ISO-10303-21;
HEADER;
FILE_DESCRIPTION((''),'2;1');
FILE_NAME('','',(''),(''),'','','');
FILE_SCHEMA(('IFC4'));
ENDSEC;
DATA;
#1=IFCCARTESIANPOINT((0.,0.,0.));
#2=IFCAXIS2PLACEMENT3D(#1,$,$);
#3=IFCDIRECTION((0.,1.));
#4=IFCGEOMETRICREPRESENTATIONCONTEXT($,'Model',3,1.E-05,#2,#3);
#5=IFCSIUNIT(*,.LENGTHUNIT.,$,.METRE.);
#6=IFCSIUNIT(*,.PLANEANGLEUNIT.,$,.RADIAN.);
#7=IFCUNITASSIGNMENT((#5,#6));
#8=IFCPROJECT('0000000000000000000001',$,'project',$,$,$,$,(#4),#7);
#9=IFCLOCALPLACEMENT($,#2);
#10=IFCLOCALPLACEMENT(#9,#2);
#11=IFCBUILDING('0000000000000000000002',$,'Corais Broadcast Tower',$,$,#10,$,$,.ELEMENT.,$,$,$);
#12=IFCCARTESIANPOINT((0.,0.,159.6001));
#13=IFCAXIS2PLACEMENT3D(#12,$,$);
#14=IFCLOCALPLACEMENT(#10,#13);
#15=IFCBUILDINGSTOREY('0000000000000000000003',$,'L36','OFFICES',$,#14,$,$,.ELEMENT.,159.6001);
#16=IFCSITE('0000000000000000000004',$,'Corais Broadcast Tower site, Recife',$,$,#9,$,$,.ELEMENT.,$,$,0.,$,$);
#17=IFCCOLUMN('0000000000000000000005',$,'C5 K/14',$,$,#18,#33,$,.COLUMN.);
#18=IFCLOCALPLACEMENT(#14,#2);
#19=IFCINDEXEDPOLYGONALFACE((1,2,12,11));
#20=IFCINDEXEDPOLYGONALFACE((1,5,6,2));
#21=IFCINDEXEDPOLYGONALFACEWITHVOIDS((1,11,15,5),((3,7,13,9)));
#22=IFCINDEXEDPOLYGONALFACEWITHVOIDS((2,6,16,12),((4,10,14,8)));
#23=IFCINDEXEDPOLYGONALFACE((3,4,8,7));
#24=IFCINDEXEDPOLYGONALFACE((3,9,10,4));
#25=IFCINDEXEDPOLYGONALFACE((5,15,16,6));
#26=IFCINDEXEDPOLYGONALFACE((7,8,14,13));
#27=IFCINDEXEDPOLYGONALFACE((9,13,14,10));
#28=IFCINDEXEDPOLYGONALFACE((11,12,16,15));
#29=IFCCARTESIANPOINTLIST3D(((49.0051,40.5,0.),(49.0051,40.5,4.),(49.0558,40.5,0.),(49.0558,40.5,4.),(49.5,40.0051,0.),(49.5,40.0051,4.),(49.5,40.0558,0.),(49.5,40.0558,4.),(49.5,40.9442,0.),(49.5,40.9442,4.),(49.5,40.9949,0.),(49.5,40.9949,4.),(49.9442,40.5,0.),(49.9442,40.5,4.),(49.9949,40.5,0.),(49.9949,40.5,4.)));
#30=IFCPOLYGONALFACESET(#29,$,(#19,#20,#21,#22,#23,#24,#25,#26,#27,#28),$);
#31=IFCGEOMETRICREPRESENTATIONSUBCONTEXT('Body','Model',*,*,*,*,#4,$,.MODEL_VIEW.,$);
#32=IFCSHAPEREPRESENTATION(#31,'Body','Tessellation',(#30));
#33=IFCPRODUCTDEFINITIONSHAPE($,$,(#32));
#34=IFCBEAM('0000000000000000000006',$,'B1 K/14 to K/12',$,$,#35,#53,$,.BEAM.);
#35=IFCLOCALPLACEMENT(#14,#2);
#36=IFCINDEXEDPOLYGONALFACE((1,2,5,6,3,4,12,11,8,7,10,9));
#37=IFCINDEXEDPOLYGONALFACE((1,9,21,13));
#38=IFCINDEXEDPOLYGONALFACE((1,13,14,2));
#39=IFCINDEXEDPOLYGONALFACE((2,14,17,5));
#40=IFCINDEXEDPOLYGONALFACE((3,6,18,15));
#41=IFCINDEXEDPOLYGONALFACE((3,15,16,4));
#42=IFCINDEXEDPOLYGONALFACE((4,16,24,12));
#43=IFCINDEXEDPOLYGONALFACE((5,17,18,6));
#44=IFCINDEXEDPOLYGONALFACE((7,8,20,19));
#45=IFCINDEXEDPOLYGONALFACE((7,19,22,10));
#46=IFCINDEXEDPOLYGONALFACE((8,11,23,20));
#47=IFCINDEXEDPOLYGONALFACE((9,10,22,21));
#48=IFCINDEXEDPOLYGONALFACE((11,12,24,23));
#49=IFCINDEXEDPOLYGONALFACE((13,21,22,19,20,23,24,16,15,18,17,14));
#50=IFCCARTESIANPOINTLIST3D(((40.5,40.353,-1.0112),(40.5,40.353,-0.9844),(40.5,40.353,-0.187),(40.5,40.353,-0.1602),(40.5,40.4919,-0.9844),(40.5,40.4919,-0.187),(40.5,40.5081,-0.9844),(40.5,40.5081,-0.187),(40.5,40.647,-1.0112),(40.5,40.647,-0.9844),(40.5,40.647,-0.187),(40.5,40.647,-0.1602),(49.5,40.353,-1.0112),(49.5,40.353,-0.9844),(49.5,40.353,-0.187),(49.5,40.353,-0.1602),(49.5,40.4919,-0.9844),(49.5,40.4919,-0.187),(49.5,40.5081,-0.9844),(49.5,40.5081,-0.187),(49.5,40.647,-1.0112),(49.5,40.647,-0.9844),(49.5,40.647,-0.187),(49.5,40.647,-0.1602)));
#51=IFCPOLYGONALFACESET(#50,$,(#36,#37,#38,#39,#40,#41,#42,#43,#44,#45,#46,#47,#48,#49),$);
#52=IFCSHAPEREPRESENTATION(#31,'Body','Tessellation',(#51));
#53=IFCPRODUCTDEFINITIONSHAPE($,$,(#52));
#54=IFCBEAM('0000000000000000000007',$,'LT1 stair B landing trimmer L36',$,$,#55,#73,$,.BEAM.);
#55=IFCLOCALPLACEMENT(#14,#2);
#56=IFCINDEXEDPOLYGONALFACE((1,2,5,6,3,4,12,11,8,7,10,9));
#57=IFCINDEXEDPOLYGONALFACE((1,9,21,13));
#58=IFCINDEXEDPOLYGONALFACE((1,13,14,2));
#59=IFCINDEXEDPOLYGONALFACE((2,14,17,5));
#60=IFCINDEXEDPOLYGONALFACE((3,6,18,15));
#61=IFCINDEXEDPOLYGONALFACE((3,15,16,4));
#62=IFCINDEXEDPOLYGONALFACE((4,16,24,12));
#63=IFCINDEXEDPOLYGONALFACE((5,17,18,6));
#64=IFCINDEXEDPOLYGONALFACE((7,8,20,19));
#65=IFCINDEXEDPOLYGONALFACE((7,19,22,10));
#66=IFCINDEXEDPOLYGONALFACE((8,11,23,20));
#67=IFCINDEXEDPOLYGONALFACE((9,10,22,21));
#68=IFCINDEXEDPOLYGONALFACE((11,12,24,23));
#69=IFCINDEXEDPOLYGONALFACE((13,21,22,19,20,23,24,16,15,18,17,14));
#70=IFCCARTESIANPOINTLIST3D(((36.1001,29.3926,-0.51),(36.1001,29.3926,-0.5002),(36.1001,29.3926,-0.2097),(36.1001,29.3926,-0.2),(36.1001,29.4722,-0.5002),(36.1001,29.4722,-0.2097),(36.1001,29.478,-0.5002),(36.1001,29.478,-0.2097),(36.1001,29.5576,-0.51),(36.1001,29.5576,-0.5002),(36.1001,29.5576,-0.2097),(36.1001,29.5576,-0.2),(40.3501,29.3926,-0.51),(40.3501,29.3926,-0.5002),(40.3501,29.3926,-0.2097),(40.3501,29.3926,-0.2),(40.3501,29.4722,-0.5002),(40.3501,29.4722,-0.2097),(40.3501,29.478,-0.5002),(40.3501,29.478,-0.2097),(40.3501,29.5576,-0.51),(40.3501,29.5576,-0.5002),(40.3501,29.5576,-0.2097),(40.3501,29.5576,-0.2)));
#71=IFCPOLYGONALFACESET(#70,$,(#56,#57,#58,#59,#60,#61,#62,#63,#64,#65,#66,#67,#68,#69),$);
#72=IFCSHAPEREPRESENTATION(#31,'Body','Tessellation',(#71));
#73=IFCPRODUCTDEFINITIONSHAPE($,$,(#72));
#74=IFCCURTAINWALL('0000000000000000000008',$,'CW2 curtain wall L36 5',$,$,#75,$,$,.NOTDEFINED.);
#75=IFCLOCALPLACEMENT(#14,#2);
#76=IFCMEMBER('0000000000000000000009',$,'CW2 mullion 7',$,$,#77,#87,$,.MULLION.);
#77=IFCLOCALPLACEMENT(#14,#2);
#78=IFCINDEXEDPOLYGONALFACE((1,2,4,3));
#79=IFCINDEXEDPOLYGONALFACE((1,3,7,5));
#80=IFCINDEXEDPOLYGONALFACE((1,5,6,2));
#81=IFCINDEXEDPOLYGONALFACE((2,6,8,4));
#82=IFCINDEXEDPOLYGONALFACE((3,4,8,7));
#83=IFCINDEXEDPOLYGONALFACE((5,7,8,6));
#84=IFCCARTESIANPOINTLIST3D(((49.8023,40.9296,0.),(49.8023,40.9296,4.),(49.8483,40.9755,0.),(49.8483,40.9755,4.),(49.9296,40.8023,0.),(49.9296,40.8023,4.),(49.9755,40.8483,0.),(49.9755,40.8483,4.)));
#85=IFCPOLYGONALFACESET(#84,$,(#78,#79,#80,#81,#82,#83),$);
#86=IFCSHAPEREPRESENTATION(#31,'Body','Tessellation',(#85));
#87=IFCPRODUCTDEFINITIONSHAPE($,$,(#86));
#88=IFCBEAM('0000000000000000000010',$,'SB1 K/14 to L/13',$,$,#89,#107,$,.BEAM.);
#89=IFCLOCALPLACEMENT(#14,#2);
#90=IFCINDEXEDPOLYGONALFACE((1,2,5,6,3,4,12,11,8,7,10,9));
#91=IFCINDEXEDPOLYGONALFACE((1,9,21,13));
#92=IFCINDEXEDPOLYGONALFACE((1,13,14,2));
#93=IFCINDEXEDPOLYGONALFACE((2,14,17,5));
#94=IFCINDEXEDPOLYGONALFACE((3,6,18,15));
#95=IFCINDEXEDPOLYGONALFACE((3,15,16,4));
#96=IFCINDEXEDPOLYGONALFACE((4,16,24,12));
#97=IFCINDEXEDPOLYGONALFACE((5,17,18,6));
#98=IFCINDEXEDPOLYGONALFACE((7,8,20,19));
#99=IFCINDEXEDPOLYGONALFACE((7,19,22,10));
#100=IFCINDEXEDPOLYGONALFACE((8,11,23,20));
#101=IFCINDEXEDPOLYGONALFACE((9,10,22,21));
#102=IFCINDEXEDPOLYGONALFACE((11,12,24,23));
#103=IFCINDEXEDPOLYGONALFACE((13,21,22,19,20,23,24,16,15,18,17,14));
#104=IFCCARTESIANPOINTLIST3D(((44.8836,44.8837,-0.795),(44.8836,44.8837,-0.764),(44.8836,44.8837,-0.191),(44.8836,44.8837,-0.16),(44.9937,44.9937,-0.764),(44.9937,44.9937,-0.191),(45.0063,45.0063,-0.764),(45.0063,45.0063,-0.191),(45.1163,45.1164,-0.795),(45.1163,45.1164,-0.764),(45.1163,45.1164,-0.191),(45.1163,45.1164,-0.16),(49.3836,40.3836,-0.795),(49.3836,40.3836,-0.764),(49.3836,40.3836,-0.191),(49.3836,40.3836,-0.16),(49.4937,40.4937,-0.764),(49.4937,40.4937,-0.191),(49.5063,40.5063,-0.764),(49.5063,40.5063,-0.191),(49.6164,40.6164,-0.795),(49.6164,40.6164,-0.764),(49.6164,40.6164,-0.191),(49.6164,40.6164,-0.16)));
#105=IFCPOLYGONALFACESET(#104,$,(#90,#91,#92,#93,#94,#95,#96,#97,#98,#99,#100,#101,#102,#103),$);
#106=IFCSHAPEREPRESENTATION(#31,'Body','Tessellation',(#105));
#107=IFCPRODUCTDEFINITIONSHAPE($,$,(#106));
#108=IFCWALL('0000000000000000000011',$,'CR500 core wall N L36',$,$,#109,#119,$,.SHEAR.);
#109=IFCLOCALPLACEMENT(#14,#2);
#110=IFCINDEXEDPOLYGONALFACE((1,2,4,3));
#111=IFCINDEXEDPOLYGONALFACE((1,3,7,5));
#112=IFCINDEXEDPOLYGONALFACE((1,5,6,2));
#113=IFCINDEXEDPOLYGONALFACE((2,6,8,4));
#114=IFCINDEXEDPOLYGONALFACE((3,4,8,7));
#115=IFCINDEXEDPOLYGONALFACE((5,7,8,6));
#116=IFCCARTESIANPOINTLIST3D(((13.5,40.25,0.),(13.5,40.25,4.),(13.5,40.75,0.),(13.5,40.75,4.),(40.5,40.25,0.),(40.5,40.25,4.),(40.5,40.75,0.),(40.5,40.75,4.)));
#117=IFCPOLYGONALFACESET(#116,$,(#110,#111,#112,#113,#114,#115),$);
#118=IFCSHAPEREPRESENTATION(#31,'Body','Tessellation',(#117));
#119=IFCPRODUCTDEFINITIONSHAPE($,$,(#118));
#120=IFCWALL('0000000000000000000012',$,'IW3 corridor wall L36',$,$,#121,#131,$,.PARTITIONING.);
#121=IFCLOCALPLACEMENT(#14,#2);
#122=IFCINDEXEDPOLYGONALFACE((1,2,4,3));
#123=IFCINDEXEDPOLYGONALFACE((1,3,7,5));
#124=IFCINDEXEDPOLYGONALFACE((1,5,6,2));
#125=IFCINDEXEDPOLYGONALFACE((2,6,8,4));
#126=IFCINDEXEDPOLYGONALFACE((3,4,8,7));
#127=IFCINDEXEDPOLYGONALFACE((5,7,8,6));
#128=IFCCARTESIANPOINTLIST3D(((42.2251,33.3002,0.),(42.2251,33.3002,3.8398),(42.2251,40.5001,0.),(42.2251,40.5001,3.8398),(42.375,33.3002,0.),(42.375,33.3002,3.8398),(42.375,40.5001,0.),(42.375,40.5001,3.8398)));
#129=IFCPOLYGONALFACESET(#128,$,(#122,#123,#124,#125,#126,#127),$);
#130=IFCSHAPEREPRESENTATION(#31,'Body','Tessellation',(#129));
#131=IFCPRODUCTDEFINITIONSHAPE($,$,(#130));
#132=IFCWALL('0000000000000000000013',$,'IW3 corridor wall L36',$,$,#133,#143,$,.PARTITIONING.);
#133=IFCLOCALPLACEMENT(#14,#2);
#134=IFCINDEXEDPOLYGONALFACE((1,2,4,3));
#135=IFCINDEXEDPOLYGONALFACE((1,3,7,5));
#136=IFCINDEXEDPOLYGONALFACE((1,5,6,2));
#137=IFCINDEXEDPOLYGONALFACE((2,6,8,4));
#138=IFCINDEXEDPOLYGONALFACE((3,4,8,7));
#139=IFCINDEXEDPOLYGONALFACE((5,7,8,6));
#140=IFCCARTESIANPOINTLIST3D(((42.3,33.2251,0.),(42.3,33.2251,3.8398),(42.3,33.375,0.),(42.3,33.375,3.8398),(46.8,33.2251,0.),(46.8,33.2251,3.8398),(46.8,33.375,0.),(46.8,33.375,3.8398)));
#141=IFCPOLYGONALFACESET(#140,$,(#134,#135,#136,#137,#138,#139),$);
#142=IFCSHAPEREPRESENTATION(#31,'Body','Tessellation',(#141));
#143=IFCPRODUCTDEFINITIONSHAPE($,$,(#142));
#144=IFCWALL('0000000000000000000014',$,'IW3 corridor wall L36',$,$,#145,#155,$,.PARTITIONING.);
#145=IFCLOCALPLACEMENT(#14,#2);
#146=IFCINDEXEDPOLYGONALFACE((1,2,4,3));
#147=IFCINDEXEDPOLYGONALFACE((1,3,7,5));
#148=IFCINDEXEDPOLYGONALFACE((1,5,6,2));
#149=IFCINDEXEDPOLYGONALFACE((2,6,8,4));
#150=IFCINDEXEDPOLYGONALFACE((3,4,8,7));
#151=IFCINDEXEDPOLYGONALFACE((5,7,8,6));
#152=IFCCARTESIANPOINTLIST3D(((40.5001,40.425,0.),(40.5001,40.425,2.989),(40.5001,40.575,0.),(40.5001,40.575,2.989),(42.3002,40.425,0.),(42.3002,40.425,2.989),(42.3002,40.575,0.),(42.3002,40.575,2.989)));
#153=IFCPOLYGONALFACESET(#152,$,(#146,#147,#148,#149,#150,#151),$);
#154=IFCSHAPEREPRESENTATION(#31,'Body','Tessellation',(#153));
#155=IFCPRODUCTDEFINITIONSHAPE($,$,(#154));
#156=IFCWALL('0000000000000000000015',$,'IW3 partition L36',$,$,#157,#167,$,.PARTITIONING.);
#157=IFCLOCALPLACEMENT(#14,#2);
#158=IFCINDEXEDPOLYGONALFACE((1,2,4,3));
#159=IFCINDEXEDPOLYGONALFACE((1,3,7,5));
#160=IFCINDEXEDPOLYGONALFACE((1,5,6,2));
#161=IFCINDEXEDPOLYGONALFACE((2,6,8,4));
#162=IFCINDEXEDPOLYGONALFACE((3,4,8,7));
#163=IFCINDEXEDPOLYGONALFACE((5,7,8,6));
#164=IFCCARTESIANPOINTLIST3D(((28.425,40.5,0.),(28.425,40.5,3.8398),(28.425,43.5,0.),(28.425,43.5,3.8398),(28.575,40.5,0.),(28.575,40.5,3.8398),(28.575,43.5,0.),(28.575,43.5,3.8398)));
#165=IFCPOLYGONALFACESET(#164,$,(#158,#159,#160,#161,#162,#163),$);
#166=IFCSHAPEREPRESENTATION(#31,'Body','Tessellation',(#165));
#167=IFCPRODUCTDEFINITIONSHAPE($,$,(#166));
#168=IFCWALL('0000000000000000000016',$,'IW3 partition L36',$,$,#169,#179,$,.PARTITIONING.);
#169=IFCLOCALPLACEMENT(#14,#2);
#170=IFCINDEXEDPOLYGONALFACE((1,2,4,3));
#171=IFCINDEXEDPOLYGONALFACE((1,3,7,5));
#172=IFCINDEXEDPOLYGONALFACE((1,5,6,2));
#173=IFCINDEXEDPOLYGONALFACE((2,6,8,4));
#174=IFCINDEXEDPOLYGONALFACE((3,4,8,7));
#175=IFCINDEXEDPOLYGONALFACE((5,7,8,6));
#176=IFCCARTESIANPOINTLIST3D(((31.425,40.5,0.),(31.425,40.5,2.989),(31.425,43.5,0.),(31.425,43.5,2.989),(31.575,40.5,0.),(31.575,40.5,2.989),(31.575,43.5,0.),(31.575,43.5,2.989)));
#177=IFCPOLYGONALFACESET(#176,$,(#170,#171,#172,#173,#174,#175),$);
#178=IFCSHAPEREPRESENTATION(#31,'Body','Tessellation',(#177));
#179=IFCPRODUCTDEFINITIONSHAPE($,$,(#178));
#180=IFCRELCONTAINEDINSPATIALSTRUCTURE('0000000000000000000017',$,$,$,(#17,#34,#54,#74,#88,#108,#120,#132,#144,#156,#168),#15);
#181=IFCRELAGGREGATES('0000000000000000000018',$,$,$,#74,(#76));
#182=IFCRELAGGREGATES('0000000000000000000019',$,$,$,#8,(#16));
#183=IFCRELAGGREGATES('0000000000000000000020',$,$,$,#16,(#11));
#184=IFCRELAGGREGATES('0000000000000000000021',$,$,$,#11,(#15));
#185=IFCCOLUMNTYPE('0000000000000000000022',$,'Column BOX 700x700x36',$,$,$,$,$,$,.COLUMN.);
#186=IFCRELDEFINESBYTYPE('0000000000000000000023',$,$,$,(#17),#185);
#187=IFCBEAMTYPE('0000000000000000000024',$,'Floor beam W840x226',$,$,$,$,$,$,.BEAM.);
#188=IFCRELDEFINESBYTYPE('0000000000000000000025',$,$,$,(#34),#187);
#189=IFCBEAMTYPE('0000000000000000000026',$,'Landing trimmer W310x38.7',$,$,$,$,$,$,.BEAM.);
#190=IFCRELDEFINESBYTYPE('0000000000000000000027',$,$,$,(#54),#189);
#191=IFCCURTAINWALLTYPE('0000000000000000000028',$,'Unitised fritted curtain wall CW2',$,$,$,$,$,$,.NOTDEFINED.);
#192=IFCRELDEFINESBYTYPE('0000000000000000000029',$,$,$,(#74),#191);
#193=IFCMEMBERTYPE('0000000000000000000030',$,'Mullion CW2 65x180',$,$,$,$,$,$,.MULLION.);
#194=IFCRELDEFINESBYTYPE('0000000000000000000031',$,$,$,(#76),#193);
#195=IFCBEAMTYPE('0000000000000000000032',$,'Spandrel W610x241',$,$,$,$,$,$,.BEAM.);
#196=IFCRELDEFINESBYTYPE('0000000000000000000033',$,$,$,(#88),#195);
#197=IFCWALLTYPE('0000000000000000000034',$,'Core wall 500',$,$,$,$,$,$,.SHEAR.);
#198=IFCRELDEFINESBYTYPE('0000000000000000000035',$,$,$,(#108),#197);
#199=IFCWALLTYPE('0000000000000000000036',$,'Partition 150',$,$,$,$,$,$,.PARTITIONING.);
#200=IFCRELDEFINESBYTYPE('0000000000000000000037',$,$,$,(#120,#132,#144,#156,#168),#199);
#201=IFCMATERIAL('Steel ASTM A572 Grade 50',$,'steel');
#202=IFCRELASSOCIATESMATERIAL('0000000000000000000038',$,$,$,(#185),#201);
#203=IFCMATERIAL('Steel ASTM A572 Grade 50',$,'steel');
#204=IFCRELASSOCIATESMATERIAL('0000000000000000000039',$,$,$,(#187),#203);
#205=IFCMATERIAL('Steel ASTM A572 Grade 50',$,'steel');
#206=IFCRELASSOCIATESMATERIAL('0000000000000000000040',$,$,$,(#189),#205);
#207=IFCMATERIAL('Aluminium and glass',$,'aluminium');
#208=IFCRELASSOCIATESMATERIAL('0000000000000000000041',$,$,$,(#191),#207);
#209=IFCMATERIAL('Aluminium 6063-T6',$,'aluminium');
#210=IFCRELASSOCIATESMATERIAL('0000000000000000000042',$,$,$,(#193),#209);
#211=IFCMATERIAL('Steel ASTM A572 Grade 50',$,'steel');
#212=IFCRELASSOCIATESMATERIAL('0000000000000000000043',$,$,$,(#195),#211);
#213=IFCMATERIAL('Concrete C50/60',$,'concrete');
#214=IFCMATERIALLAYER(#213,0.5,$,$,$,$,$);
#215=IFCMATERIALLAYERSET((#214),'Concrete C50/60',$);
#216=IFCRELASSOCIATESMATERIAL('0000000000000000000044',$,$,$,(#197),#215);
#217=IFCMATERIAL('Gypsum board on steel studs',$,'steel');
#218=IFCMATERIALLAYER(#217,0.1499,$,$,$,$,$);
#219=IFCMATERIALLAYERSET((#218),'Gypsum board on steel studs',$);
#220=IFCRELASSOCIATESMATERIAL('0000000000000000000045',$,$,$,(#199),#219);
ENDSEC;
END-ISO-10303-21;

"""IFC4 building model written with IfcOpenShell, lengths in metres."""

from ifc_helpers import new_model, si_unit, direction, frame, frame_2d, origin, origin_2d, place, context, subcontext, project, spatial, rectangle, hollow_rectangle, i_section, extrude, material, layer, layer_set, material_profile, profile_set, type_object, element, aggregate, save


model = new_model("IFC4")

# Units and contexts
model_context = context("Model", 3, precision=1e-05, world=origin(), true_north=direction((0.0, 1.0)))
body_context = subcontext(model_context, "Body", "Model", "MODEL_VIEW")
ifc_project = project(units=[si_unit("LENGTHUNIT", "METRE"), si_unit("PLANEANGLEUNIT", "RADIAN")], contexts=[model_context])

# Site, building, storey
site_placement = place(None, origin())
site = spatial("IfcSite", under=ifc_project, at=site_placement, Name="Corais Broadcast Tower site, Recife", CompositionType="ELEMENT", RefElevation=0.0)
building_placement = place(site_placement, origin())
building = spatial("IfcBuilding", under=site, at=building_placement, Name="Corais Broadcast Tower", CompositionType="ELEMENT")
storey_placement = place(building_placement, frame((0.0, 0.0, 159.6001)))
storey = spatial("IfcBuildingStorey", under=building, at=storey_placement, Name="L36", Description="OFFICES", CompositionType="ELEMENT", Elevation=159.6001)

# Column
ifc_material_1 = material(Name="Steel ASTM A572 Grade 50", Category="steel")
ifc_material_profile_1 = material_profile(ifc_material_1, hollow_rectangle(XDim=0.7, YDim=0.7, WallThickness=0.0359, at=origin_2d()), Name="BOX 700x700x36")
ifc_profile_set_1 = profile_set([ifc_material_profile_1], Name="Steel ASTM A572 Grade 50")
column_type = type_object("IfcColumnType", Name="Column BOX 700x700x36", PredefinedType="COLUMN", material=ifc_profile_set_1)
column_placement = place(storey_placement, frame((49.5, 40.5, 0.0), z_axis=(0.0, 0.0, 1.0), x_axis=(0.707107, 0.707107, 0.0)))
element("IfcColumn", 1, at=column_placement, inside=storey, type_object=column_type, Name="C5 K/14", PredefinedType="COLUMN", context=body_context, shape_type="SweptSolid", body=[
    extrude(hollow_rectangle(XDim=0.7, YDim=0.7, WallThickness=0.0359, at=origin_2d()), origin(), (0.0, 0.0, 1.0), 4.0),
])

# Beams
ifc_material_2 = material(Name="Steel ASTM A572 Grade 50", Category="steel")
ifc_material_profile_2 = material_profile(ifc_material_2, i_section(OverallWidth=0.2939, OverallDepth=0.8511, WebThickness=0.0161, FlangeThickness=0.0269, at=origin_2d()), Name="W840x226")
ifc_profile_set_2 = profile_set([ifc_material_profile_2], Name="Steel ASTM A572 Grade 50")
beam_type_1 = type_object("IfcBeamType", Name="Floor beam W840x226", PredefinedType="BEAM", material=ifc_profile_set_2)
beam_1_placement = place(storey_placement, frame((49.5, 40.5, -0.5857), z_axis=(-1.0, 0.0, 0.0), x_axis=(0.0, -1.0, 0.0)))
element("IfcBeam", 2, at=beam_1_placement, inside=storey, type_object=beam_type_1, Name="B1 K/14 to K/12", PredefinedType="BEAM", context=body_context, shape_type="SweptSolid", body=[
    extrude(i_section(OverallWidth=0.2939, OverallDepth=0.8511, WebThickness=0.0161, FlangeThickness=0.0269, at=origin_2d()), origin(), (0.0, 0.0, 1.0), 9.0),
])
ifc_material_3 = material(Name="Steel ASTM A572 Grade 50", Category="steel")
ifc_material_profile_3 = material_profile(ifc_material_3, i_section(OverallWidth=0.165, OverallDepth=0.3101, WebThickness=0.0059, FlangeThickness=0.0098, at=origin_2d()), Name="W310x38.7")
ifc_profile_set_3 = profile_set([ifc_material_profile_3], Name="Steel ASTM A572 Grade 50")
beam_type_2 = type_object("IfcBeamType", Name="Landing trimmer W310x38.7", PredefinedType="BEAM", material=ifc_profile_set_3)
beam_2_placement = place(storey_placement, frame((36.1001, 29.4751, -0.355), z_axis=(1.0, 0.0, 0.0), x_axis=(0.0, 1.0, 0.0)))
element("IfcBeam", 3, at=beam_2_placement, inside=storey, type_object=beam_type_2, Name="LT1 stair B landing trimmer L36", PredefinedType="BEAM", context=body_context, shape_type="SweptSolid", body=[
    extrude(i_section(OverallWidth=0.165, OverallDepth=0.3101, WebThickness=0.0059, FlangeThickness=0.0098, at=origin_2d()), origin(), (0.0, 0.0, 1.0), 4.25),
])

# Curtain wall, member
ifc_material_4 = material(Name="Aluminium and glass", Category="aluminium")
curtain_wall_type = type_object("IfcCurtainWallType", Name="Unitised fritted curtain wall CW2", PredefinedType="NOTDEFINED", material=ifc_material_4)
curtain_wall_placement = place(storey_placement, origin())
curtain_wall = element("IfcCurtainWall", 4, at=curtain_wall_placement, inside=storey, type_object=curtain_wall_type, Name="CW2 curtain wall L36 5", PredefinedType="NOTDEFINED")
ifc_material_5 = material(Name="Aluminium 6063-T6", Category="aluminium")
ifc_material_profile_4 = material_profile(ifc_material_5, rectangle(XDim=0.0649, YDim=0.1799, at=origin_2d()), Name="Mullion CW2 65x180")
ifc_profile_set_4 = profile_set([ifc_material_profile_4], Name="Aluminium 6063-T6")
member_type = type_object("IfcMemberType", Name="Mullion CW2 65x180", PredefinedType="MULLION", material=ifc_profile_set_4)
member_placement = place(storey_placement, frame((49.8889, 40.8889, 0.0), z_axis=(0.0, 0.0, 1.0), x_axis=(0.707107, 0.707107, 0.0)))
member = element("IfcMember", 5, at=member_placement, type_object=member_type, Name="CW2 mullion 7", PredefinedType="MULLION", context=body_context, shape_type="SweptSolid", body=[
    extrude(rectangle(XDim=0.0649, YDim=0.1799, at=origin_2d()), origin(), (0.0, 0.0, 1.0), 4.0),
])
aggregate(curtain_wall, [member])

# Beam
ifc_material_6 = material(Name="Steel ASTM A572 Grade 50", Category="steel")
ifc_material_profile_5 = material_profile(ifc_material_6, i_section(OverallWidth=0.3291, OverallDepth=0.635, WebThickness=0.0178, FlangeThickness=0.031, at=origin_2d()), Name="W610x241")
ifc_profile_set_5 = profile_set([ifc_material_profile_5], Name="Steel ASTM A572 Grade 50")
beam_type_3 = type_object("IfcBeamType", Name="Spandrel W610x241", PredefinedType="BEAM", material=ifc_profile_set_5)
beam_3_placement = place(storey_placement, frame((49.5, 40.5, -0.4775), z_axis=(-0.707107, 0.707107, 0.0), x_axis=(-0.707107, -0.707107, 0.0)))
element("IfcBeam", 6, at=beam_3_placement, inside=storey, type_object=beam_type_3, Name="SB1 K/14 to L/13", PredefinedType="BEAM", context=body_context, shape_type="SweptSolid", body=[
    extrude(i_section(OverallWidth=0.3291, OverallDepth=0.635, WebThickness=0.0178, FlangeThickness=0.031, at=origin_2d()), origin(), (0.0, 0.0, 1.0), 6.364),
])

# Walls
ifc_material_7 = material(Name="Concrete C50/60", Category="concrete")
ifc_layer_1 = layer(ifc_material_7, 0.5)
ifc_layer_set_1 = layer_set([ifc_layer_1], Name="Concrete C50/60")
wall_type_1 = type_object("IfcWallType", Name="Core wall 500", PredefinedType="SHEAR", material=ifc_layer_set_1)
wall_1_placement = place(storey_placement, frame((40.5, 40.5, 0.0), z_axis=(0.0, 0.0, 1.0), x_axis=(-1.0, 0.0, 0.0)))
element("IfcWall", 7, at=wall_1_placement, inside=storey, type_object=wall_type_1, Name="CR500 core wall N L36", PredefinedType="SHEAR", context=body_context, shape_type="SweptSolid", body=[
    extrude(rectangle(XDim=27.0, YDim=0.5, at=frame_2d((13.5, 0.0))), origin(), (0.0, 0.0, 1.0), 4.0),
])
ifc_material_8 = material(Name="Gypsum board on steel studs", Category="steel")
ifc_layer_2 = layer(ifc_material_8, 0.1499)
ifc_layer_set_2 = layer_set([ifc_layer_2], Name="Gypsum board on steel studs")
wall_type_2 = type_object("IfcWallType", Name="Partition 150", PredefinedType="PARTITIONING", material=ifc_layer_set_2)
wall_2_placement = place(storey_placement, frame((42.3, 33.3, 0.0), z_axis=(0.0, 0.0, 1.0), x_axis=(0.0, 1.0, 0.0)))
element("IfcWall", 8, at=wall_2_placement, inside=storey, type_object=wall_type_2, Name="IW3 corridor wall L36", PredefinedType="PARTITIONING", context=body_context, shape_type="SweptSolid", body=[
    extrude(rectangle(XDim=7.2, YDim=0.1499, at=frame_2d((3.6001, 0.0))), origin(), (0.0, 0.0, 1.0), 3.8398),
])
wall_3_placement = place(storey_placement, frame((46.8, 33.3, 0.0), z_axis=(0.0, 0.0, 1.0), x_axis=(-1.0, 0.0, 0.0)))
element("IfcWall", 9, at=wall_3_placement, inside=storey, type_object=wall_type_2, Name="IW3 corridor wall L36", PredefinedType="PARTITIONING", context=body_context, shape_type="SweptSolid", body=[
    extrude(rectangle(XDim=4.5, YDim=0.1499, at=frame_2d((2.25, 0.0))), origin(), (0.0, 0.0, 1.0), 3.8398),
])
wall_4_placement = place(storey_placement, frame((42.3, 40.5, 0.0), z_axis=(0.0, 0.0, 1.0), x_axis=(-1.0, 0.0, 0.0)))
element("IfcWall", 10, at=wall_4_placement, inside=storey, type_object=wall_type_2, Name="IW3 corridor wall L36", PredefinedType="PARTITIONING", context=body_context, shape_type="SweptSolid", body=[
    extrude(rectangle(XDim=1.8, YDim=0.1499, at=frame_2d((0.8999, 0.0))), origin(), (0.0, 0.0, 1.0), 2.989),
])
wall_5_placement = place(storey_placement, frame((28.5, 40.5, 0.0), z_axis=(0.0, 0.0, 1.0), x_axis=(0.0, 1.0, 0.0)))
element("IfcWall", 11, at=wall_5_placement, inside=storey, type_object=wall_type_2, Name="IW3 partition L36", PredefinedType="PARTITIONING", context=body_context, shape_type="SweptSolid", body=[
    extrude(rectangle(XDim=3.0, YDim=0.1499, at=frame_2d((1.5, 0.0))), origin(), (0.0, 0.0, 1.0), 3.8398),
])
wall_6_placement = place(storey_placement, frame((31.5, 40.5, 0.0), z_axis=(0.0, 0.0, 1.0), x_axis=(0.0, 1.0, 0.0)))
element("IfcWall", 12, at=wall_6_placement, inside=storey, type_object=wall_type_2, Name="IW3 partition L36", PredefinedType="PARTITIONING", context=body_context, shape_type="SweptSolid", body=[
    extrude(rectangle(XDim=3.0, YDim=0.1499, at=frame_2d((1.5, 0.0))), origin(), (0.0, 0.0, 1.0), 2.989),
])

save(model, "model.ifc")
